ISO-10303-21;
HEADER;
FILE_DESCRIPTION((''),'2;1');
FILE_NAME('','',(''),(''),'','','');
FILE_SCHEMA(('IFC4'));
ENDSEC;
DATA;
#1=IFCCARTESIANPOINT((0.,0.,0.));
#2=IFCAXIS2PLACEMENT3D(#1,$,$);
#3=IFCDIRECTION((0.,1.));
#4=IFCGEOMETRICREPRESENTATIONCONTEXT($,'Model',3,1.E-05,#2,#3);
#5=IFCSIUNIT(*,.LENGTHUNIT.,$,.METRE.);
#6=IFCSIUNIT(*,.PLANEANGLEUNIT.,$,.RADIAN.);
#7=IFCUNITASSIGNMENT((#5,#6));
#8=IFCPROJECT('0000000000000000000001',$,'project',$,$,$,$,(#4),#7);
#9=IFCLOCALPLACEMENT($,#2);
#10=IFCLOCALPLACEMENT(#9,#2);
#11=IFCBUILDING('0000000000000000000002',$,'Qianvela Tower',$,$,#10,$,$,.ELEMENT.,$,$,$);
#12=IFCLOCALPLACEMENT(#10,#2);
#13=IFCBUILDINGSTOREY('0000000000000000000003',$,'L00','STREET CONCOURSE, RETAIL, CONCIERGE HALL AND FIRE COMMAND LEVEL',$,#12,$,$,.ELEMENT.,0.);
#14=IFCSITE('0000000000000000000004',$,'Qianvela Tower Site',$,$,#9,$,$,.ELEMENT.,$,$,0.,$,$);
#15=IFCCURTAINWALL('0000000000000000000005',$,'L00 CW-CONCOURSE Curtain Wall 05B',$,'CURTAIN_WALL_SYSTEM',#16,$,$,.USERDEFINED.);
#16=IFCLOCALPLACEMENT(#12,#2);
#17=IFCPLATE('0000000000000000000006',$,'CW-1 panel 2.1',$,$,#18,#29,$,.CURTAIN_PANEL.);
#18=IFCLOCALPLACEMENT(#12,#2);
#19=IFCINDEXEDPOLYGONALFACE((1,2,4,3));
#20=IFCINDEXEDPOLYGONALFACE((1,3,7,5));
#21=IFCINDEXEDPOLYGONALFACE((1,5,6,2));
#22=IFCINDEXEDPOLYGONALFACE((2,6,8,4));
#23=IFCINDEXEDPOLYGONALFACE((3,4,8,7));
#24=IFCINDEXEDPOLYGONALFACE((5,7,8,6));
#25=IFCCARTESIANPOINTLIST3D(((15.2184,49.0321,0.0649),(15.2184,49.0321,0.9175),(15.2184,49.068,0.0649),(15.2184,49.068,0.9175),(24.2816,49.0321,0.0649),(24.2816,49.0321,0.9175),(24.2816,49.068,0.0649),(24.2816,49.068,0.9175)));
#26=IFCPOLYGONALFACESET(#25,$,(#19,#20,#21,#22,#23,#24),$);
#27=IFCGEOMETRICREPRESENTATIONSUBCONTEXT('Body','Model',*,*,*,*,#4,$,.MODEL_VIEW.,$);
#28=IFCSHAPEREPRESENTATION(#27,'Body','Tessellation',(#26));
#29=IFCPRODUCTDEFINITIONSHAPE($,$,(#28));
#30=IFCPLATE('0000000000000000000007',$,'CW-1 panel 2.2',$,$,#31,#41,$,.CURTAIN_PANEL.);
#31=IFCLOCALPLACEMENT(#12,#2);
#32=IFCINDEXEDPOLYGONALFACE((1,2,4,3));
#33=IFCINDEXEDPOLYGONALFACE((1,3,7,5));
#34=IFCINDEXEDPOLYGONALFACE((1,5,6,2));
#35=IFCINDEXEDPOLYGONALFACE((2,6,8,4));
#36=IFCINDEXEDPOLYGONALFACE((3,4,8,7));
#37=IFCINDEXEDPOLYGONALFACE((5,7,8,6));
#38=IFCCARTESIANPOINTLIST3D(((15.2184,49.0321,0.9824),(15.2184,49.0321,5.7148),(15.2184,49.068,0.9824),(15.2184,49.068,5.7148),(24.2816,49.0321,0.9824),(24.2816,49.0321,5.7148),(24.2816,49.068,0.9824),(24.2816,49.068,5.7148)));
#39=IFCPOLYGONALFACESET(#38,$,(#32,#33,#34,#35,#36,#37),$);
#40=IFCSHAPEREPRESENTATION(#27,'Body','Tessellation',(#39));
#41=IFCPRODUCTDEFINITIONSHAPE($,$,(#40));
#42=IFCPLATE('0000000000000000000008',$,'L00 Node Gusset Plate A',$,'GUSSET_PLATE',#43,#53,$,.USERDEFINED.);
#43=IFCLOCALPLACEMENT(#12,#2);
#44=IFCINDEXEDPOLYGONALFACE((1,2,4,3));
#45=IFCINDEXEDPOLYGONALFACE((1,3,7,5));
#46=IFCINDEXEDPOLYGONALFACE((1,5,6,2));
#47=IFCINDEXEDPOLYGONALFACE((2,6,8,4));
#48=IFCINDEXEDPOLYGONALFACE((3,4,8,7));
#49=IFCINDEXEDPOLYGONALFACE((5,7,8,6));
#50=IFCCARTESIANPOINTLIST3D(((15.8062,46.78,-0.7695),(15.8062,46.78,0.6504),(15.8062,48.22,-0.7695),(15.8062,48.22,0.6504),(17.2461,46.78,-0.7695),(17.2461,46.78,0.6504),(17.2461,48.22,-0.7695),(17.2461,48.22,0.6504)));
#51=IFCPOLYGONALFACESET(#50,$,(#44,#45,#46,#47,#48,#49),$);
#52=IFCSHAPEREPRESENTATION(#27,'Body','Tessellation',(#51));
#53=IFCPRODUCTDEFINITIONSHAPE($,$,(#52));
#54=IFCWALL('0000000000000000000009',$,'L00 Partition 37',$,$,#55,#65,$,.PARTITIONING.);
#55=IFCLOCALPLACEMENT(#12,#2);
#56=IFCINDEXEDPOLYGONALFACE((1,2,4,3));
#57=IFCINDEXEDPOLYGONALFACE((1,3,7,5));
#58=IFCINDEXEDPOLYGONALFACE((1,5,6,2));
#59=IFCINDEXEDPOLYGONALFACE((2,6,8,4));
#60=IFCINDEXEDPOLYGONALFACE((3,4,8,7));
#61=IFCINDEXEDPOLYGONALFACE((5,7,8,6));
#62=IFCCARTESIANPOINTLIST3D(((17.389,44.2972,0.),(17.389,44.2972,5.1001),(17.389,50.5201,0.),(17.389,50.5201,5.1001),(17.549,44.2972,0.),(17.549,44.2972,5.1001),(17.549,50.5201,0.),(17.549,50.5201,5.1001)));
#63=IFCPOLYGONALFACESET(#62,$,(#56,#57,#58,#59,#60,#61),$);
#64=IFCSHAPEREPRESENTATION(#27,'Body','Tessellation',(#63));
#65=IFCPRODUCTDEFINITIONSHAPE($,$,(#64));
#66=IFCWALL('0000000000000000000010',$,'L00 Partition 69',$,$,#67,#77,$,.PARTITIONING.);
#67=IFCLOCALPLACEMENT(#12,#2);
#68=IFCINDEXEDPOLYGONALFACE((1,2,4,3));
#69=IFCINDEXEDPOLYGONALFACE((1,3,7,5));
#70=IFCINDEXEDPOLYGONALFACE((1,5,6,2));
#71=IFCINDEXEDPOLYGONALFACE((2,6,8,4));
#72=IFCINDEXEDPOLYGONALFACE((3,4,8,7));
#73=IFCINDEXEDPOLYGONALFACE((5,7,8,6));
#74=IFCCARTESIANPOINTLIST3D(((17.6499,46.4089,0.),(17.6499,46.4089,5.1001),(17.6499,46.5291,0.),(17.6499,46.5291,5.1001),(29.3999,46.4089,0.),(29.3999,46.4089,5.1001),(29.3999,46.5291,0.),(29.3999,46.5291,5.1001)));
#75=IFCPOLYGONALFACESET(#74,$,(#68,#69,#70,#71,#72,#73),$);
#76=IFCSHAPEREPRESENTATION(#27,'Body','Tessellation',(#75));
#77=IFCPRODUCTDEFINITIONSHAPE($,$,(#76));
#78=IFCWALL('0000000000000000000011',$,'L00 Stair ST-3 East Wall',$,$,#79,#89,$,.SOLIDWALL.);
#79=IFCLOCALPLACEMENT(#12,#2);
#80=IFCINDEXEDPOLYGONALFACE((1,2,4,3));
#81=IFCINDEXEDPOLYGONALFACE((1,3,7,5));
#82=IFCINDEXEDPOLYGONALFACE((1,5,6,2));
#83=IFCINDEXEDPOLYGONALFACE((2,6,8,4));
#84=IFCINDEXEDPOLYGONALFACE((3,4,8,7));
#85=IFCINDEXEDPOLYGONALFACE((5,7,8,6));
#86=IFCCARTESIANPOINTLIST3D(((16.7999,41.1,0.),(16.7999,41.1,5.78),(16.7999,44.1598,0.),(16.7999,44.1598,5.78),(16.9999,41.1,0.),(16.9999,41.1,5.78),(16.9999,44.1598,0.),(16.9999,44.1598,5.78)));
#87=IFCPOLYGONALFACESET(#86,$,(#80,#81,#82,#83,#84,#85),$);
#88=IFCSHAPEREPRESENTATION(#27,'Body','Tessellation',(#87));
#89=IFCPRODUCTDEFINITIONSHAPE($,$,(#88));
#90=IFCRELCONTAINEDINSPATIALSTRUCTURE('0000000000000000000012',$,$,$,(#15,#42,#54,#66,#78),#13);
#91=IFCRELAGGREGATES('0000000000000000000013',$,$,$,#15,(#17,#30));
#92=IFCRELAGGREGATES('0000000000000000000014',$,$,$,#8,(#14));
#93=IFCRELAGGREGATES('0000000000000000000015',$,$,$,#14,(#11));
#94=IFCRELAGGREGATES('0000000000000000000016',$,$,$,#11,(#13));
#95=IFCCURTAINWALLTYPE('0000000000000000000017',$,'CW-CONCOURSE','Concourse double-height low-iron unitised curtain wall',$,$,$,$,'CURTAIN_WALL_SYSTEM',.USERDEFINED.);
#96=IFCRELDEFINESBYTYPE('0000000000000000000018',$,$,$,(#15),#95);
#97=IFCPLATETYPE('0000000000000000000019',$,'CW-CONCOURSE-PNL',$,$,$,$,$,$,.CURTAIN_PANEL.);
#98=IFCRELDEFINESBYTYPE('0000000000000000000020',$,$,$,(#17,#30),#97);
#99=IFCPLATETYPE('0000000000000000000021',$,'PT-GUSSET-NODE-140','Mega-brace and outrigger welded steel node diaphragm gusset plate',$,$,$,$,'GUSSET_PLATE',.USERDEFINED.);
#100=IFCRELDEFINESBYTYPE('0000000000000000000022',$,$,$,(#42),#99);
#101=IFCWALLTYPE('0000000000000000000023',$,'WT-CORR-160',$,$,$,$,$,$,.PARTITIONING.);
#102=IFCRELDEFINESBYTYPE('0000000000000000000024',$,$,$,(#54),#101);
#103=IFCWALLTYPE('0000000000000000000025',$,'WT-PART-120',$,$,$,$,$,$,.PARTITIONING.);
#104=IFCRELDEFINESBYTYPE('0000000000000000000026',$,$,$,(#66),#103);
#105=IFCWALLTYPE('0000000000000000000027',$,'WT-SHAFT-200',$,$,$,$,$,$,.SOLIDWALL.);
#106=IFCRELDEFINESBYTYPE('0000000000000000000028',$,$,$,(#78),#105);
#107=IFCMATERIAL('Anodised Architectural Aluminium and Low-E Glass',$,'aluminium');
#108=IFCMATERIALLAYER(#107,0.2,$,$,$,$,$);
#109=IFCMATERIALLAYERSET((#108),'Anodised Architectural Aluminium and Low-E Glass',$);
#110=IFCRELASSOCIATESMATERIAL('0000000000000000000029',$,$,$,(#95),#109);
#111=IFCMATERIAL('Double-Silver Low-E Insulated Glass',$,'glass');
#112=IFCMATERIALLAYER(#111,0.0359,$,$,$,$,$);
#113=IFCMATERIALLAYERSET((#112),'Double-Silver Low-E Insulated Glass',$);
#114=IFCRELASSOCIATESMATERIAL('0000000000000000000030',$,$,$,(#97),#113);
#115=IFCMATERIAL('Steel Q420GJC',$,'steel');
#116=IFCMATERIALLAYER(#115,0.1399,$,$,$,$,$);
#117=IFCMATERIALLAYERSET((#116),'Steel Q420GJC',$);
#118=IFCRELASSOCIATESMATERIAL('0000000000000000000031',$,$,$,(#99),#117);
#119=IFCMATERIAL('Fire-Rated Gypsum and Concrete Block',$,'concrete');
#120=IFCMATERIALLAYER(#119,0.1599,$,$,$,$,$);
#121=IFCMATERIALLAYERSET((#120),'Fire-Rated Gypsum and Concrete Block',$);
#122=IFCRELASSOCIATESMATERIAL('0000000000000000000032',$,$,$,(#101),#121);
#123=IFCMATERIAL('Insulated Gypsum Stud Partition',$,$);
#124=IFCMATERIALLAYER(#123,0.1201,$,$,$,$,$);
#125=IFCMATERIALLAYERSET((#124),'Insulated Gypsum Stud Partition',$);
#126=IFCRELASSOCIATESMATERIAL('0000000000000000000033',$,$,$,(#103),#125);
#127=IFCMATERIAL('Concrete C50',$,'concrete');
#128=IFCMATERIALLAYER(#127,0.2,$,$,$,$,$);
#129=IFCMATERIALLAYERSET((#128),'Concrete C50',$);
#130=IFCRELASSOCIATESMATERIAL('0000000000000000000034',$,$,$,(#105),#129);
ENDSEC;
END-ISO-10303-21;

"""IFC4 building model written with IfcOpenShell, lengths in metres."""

from ifc_helpers import new_model, si_unit, direction, frame, frame_2d, origin, origin_2d, place, context, subcontext, project, spatial, rectangle, extrude, material, layer, layer_set, type_object, element, aggregate, save


model = new_model("IFC4")

# Units and contexts
model_context = context("Model", 3, precision=1e-05, world=origin(), true_north=direction((0.0, 1.0)))
body_context = subcontext(model_context, "Body", "Model", "MODEL_VIEW")
ifc_project = project(units=[si_unit("LENGTHUNIT", "METRE"), si_unit("PLANEANGLEUNIT", "RADIAN")], contexts=[model_context])

# Site, building, storey
site_placement = place(None, origin())
site = spatial("IfcSite", under=ifc_project, at=site_placement, Name="Qianvela Tower Site", CompositionType="ELEMENT", RefElevation=0.0)
building_placement = place(site_placement, origin())
building = spatial("IfcBuilding", under=site, at=building_placement, Name="Qianvela Tower", CompositionType="ELEMENT")
storey_placement = place(building_placement, origin())
storey = spatial("IfcBuildingStorey", under=building, at=storey_placement, Name="L00", Description="STREET CONCOURSE, RETAIL, CONCIERGE HALL AND FIRE COMMAND LEVEL", CompositionType="ELEMENT", Elevation=0.0)

# Curtain wall
ifc_material_1 = material(Name="Anodised Architectural Aluminium and Low-E Glass", Category="aluminium")
ifc_layer_1 = layer(ifc_material_1, 0.2)
ifc_layer_set_1 = layer_set([ifc_layer_1], Name="Anodised Architectural Aluminium and Low-E Glass")
curtain_wall_type = type_object("IfcCurtainWallType", Name="CW-CONCOURSE", Description="Concourse double-height low-iron unitised curtain wall", ElementType="CURTAIN_WALL_SYSTEM", PredefinedType="USERDEFINED", material=ifc_layer_set_1)
curtain_wall_placement = place(storey_placement, origin())
curtain_wall = element("IfcCurtainWall", 1, at=curtain_wall_placement, inside=storey, type_object=curtain_wall_type, Name="L00 CW-CONCOURSE Curtain Wall 05B", ObjectType="CURTAIN_WALL_SYSTEM", PredefinedType="USERDEFINED")

# Plates
ifc_material_2 = material(Name="Double-Silver Low-E Insulated Glass", Category="glass")
ifc_layer_2 = layer(ifc_material_2, 0.0359)
ifc_layer_set_2 = layer_set([ifc_layer_2], Name="Double-Silver Low-E Insulated Glass")
plate_type_1 = type_object("IfcPlateType", Name="CW-CONCOURSE-PNL", PredefinedType="CURTAIN_PANEL", material=ifc_layer_set_2)
plate_1_placement = place(storey_placement, frame((19.75, 49.05, 0.0649), z_axis=(0.0, 0.0, 1.0), x_axis=(-1.0, 0.0, 0.0)))
plate_1 = element("IfcPlate", 2, at=plate_1_placement, type_object=plate_type_1, Name="CW-1 panel 2.1", PredefinedType="CURTAIN_PANEL", context=body_context, shape_type="SweptSolid", body=[
    extrude(rectangle(XDim=9.0632, YDim=0.0359, at=origin_2d()), origin(), (0.0, 0.0, 1.0), 0.8525),
])
plate_2_placement = place(storey_placement, frame((19.75, 49.05, 0.9824), z_axis=(0.0, 0.0, 1.0), x_axis=(-1.0, 0.0, 0.0)))
plate_2 = element("IfcPlate", 3, at=plate_2_placement, type_object=plate_type_1, Name="CW-1 panel 2.2", PredefinedType="CURTAIN_PANEL", context=body_context, shape_type="SweptSolid", body=[
    extrude(rectangle(XDim=9.0632, YDim=0.0359, at=origin_2d()), origin(), (0.0, 0.0, 1.0), 4.7324),
])
aggregate(curtain_wall, [plate_1, plate_2])
ifc_material_3 = material(Name="Steel Q420GJC", Category="steel")
ifc_layer_3 = layer(ifc_material_3, 0.1399)
ifc_layer_set_3 = layer_set([ifc_layer_3], Name="Steel Q420GJC")
plate_type_2 = type_object("IfcPlateType", Name="PT-GUSSET-NODE-140", Description="Mega-brace and outrigger welded steel node diaphragm gusset plate", ElementType="GUSSET_PLATE", PredefinedType="USERDEFINED", material=ifc_layer_set_3)
plate_3_placement = place(storey_placement, frame((16.5261, 47.5, -0.7695), z_axis=(0.0, 0.0, 1.0), x_axis=(1.0, 0.0, 0.0)))
element("IfcPlate", 4, at=plate_3_placement, inside=storey, type_object=plate_type_2, Name="L00 Node Gusset Plate A", ObjectType="GUSSET_PLATE", PredefinedType="USERDEFINED", context=body_context, shape_type="SweptSolid", body=[
    extrude(rectangle(XDim=1.4399, YDim=1.4399, at=origin_2d()), origin(), (0.0, 0.0, 1.0), 1.4199),
])

# Walls
ifc_material_4 = material(Name="Fire-Rated Gypsum and Concrete Block", Category="concrete")
ifc_layer_4 = layer(ifc_material_4, 0.1599)
ifc_layer_set_4 = layer_set([ifc_layer_4], Name="Fire-Rated Gypsum and Concrete Block")
wall_type_1 = type_object("IfcWallType", Name="WT-CORR-160", PredefinedType="PARTITIONING", material=ifc_layer_set_4)
wall_1_placement = place(storey_placement, frame((17.469, 50.52, 0.0), z_axis=(0.0, 0.0, 1.0), x_axis=(0.0, -1.0, 0.0)))
element("IfcWall", 5, at=wall_1_placement, inside=storey, type_object=wall_type_1, Name="L00 Partition 37", PredefinedType="PARTITIONING", context=body_context, shape_type="SweptSolid", body=[
    extrude(rectangle(XDim=6.2229, YDim=0.1599, at=frame_2d((3.1113, 0.0))), origin(), (0.0, 0.0, 1.0), 5.1001),
])
ifc_material_5 = material(Name="Insulated Gypsum Stud Partition")
ifc_layer_5 = layer(ifc_material_5, 0.1201)
ifc_layer_set_5 = layer_set([ifc_layer_5], Name="Insulated Gypsum Stud Partition")
wall_type_2 = type_object("IfcWallType", Name="WT-PART-120", PredefinedType="PARTITIONING", material=ifc_layer_set_5)
wall_2_placement = place(storey_placement, frame((17.6499, 46.469, 0.0), z_axis=(0.0, 0.0, 1.0), x_axis=(1.0, 0.0, 0.0)))
element("IfcWall", 6, at=wall_2_placement, inside=storey, type_object=wall_type_2, Name="L00 Partition 69", PredefinedType="PARTITIONING", context=body_context, shape_type="SweptSolid", body=[
    extrude(rectangle(XDim=11.75, YDim=0.1201, at=frame_2d((5.875, 0.0))), origin(), (0.0, 0.0, 1.0), 5.1001),
])
ifc_material_6 = material(Name="Concrete C50", Category="concrete")
ifc_layer_6 = layer(ifc_material_6, 0.2)
ifc_layer_set_6 = layer_set([ifc_layer_6], Name="Concrete C50")
wall_type_3 = type_object("IfcWallType", Name="WT-SHAFT-200", PredefinedType="SOLIDWALL", material=ifc_layer_set_6)
wall_3_placement = place(storey_placement, frame((16.8999, 41.1001, 0.0), z_axis=(0.0, 0.0, 1.0), x_axis=(0.0, 1.0, 0.0)))
element("IfcWall", 7, at=wall_3_placement, inside=storey, type_object=wall_type_3, Name="L00 Stair ST-3 East Wall", PredefinedType="SOLIDWALL", context=body_context, shape_type="SweptSolid", body=[
    extrude(rectangle(XDim=3.0598, YDim=0.2, at=frame_2d((1.5298, 0.0))), origin(), (0.0, 0.0, 1.0), 5.78),
])

save(model, "model.ifc")
